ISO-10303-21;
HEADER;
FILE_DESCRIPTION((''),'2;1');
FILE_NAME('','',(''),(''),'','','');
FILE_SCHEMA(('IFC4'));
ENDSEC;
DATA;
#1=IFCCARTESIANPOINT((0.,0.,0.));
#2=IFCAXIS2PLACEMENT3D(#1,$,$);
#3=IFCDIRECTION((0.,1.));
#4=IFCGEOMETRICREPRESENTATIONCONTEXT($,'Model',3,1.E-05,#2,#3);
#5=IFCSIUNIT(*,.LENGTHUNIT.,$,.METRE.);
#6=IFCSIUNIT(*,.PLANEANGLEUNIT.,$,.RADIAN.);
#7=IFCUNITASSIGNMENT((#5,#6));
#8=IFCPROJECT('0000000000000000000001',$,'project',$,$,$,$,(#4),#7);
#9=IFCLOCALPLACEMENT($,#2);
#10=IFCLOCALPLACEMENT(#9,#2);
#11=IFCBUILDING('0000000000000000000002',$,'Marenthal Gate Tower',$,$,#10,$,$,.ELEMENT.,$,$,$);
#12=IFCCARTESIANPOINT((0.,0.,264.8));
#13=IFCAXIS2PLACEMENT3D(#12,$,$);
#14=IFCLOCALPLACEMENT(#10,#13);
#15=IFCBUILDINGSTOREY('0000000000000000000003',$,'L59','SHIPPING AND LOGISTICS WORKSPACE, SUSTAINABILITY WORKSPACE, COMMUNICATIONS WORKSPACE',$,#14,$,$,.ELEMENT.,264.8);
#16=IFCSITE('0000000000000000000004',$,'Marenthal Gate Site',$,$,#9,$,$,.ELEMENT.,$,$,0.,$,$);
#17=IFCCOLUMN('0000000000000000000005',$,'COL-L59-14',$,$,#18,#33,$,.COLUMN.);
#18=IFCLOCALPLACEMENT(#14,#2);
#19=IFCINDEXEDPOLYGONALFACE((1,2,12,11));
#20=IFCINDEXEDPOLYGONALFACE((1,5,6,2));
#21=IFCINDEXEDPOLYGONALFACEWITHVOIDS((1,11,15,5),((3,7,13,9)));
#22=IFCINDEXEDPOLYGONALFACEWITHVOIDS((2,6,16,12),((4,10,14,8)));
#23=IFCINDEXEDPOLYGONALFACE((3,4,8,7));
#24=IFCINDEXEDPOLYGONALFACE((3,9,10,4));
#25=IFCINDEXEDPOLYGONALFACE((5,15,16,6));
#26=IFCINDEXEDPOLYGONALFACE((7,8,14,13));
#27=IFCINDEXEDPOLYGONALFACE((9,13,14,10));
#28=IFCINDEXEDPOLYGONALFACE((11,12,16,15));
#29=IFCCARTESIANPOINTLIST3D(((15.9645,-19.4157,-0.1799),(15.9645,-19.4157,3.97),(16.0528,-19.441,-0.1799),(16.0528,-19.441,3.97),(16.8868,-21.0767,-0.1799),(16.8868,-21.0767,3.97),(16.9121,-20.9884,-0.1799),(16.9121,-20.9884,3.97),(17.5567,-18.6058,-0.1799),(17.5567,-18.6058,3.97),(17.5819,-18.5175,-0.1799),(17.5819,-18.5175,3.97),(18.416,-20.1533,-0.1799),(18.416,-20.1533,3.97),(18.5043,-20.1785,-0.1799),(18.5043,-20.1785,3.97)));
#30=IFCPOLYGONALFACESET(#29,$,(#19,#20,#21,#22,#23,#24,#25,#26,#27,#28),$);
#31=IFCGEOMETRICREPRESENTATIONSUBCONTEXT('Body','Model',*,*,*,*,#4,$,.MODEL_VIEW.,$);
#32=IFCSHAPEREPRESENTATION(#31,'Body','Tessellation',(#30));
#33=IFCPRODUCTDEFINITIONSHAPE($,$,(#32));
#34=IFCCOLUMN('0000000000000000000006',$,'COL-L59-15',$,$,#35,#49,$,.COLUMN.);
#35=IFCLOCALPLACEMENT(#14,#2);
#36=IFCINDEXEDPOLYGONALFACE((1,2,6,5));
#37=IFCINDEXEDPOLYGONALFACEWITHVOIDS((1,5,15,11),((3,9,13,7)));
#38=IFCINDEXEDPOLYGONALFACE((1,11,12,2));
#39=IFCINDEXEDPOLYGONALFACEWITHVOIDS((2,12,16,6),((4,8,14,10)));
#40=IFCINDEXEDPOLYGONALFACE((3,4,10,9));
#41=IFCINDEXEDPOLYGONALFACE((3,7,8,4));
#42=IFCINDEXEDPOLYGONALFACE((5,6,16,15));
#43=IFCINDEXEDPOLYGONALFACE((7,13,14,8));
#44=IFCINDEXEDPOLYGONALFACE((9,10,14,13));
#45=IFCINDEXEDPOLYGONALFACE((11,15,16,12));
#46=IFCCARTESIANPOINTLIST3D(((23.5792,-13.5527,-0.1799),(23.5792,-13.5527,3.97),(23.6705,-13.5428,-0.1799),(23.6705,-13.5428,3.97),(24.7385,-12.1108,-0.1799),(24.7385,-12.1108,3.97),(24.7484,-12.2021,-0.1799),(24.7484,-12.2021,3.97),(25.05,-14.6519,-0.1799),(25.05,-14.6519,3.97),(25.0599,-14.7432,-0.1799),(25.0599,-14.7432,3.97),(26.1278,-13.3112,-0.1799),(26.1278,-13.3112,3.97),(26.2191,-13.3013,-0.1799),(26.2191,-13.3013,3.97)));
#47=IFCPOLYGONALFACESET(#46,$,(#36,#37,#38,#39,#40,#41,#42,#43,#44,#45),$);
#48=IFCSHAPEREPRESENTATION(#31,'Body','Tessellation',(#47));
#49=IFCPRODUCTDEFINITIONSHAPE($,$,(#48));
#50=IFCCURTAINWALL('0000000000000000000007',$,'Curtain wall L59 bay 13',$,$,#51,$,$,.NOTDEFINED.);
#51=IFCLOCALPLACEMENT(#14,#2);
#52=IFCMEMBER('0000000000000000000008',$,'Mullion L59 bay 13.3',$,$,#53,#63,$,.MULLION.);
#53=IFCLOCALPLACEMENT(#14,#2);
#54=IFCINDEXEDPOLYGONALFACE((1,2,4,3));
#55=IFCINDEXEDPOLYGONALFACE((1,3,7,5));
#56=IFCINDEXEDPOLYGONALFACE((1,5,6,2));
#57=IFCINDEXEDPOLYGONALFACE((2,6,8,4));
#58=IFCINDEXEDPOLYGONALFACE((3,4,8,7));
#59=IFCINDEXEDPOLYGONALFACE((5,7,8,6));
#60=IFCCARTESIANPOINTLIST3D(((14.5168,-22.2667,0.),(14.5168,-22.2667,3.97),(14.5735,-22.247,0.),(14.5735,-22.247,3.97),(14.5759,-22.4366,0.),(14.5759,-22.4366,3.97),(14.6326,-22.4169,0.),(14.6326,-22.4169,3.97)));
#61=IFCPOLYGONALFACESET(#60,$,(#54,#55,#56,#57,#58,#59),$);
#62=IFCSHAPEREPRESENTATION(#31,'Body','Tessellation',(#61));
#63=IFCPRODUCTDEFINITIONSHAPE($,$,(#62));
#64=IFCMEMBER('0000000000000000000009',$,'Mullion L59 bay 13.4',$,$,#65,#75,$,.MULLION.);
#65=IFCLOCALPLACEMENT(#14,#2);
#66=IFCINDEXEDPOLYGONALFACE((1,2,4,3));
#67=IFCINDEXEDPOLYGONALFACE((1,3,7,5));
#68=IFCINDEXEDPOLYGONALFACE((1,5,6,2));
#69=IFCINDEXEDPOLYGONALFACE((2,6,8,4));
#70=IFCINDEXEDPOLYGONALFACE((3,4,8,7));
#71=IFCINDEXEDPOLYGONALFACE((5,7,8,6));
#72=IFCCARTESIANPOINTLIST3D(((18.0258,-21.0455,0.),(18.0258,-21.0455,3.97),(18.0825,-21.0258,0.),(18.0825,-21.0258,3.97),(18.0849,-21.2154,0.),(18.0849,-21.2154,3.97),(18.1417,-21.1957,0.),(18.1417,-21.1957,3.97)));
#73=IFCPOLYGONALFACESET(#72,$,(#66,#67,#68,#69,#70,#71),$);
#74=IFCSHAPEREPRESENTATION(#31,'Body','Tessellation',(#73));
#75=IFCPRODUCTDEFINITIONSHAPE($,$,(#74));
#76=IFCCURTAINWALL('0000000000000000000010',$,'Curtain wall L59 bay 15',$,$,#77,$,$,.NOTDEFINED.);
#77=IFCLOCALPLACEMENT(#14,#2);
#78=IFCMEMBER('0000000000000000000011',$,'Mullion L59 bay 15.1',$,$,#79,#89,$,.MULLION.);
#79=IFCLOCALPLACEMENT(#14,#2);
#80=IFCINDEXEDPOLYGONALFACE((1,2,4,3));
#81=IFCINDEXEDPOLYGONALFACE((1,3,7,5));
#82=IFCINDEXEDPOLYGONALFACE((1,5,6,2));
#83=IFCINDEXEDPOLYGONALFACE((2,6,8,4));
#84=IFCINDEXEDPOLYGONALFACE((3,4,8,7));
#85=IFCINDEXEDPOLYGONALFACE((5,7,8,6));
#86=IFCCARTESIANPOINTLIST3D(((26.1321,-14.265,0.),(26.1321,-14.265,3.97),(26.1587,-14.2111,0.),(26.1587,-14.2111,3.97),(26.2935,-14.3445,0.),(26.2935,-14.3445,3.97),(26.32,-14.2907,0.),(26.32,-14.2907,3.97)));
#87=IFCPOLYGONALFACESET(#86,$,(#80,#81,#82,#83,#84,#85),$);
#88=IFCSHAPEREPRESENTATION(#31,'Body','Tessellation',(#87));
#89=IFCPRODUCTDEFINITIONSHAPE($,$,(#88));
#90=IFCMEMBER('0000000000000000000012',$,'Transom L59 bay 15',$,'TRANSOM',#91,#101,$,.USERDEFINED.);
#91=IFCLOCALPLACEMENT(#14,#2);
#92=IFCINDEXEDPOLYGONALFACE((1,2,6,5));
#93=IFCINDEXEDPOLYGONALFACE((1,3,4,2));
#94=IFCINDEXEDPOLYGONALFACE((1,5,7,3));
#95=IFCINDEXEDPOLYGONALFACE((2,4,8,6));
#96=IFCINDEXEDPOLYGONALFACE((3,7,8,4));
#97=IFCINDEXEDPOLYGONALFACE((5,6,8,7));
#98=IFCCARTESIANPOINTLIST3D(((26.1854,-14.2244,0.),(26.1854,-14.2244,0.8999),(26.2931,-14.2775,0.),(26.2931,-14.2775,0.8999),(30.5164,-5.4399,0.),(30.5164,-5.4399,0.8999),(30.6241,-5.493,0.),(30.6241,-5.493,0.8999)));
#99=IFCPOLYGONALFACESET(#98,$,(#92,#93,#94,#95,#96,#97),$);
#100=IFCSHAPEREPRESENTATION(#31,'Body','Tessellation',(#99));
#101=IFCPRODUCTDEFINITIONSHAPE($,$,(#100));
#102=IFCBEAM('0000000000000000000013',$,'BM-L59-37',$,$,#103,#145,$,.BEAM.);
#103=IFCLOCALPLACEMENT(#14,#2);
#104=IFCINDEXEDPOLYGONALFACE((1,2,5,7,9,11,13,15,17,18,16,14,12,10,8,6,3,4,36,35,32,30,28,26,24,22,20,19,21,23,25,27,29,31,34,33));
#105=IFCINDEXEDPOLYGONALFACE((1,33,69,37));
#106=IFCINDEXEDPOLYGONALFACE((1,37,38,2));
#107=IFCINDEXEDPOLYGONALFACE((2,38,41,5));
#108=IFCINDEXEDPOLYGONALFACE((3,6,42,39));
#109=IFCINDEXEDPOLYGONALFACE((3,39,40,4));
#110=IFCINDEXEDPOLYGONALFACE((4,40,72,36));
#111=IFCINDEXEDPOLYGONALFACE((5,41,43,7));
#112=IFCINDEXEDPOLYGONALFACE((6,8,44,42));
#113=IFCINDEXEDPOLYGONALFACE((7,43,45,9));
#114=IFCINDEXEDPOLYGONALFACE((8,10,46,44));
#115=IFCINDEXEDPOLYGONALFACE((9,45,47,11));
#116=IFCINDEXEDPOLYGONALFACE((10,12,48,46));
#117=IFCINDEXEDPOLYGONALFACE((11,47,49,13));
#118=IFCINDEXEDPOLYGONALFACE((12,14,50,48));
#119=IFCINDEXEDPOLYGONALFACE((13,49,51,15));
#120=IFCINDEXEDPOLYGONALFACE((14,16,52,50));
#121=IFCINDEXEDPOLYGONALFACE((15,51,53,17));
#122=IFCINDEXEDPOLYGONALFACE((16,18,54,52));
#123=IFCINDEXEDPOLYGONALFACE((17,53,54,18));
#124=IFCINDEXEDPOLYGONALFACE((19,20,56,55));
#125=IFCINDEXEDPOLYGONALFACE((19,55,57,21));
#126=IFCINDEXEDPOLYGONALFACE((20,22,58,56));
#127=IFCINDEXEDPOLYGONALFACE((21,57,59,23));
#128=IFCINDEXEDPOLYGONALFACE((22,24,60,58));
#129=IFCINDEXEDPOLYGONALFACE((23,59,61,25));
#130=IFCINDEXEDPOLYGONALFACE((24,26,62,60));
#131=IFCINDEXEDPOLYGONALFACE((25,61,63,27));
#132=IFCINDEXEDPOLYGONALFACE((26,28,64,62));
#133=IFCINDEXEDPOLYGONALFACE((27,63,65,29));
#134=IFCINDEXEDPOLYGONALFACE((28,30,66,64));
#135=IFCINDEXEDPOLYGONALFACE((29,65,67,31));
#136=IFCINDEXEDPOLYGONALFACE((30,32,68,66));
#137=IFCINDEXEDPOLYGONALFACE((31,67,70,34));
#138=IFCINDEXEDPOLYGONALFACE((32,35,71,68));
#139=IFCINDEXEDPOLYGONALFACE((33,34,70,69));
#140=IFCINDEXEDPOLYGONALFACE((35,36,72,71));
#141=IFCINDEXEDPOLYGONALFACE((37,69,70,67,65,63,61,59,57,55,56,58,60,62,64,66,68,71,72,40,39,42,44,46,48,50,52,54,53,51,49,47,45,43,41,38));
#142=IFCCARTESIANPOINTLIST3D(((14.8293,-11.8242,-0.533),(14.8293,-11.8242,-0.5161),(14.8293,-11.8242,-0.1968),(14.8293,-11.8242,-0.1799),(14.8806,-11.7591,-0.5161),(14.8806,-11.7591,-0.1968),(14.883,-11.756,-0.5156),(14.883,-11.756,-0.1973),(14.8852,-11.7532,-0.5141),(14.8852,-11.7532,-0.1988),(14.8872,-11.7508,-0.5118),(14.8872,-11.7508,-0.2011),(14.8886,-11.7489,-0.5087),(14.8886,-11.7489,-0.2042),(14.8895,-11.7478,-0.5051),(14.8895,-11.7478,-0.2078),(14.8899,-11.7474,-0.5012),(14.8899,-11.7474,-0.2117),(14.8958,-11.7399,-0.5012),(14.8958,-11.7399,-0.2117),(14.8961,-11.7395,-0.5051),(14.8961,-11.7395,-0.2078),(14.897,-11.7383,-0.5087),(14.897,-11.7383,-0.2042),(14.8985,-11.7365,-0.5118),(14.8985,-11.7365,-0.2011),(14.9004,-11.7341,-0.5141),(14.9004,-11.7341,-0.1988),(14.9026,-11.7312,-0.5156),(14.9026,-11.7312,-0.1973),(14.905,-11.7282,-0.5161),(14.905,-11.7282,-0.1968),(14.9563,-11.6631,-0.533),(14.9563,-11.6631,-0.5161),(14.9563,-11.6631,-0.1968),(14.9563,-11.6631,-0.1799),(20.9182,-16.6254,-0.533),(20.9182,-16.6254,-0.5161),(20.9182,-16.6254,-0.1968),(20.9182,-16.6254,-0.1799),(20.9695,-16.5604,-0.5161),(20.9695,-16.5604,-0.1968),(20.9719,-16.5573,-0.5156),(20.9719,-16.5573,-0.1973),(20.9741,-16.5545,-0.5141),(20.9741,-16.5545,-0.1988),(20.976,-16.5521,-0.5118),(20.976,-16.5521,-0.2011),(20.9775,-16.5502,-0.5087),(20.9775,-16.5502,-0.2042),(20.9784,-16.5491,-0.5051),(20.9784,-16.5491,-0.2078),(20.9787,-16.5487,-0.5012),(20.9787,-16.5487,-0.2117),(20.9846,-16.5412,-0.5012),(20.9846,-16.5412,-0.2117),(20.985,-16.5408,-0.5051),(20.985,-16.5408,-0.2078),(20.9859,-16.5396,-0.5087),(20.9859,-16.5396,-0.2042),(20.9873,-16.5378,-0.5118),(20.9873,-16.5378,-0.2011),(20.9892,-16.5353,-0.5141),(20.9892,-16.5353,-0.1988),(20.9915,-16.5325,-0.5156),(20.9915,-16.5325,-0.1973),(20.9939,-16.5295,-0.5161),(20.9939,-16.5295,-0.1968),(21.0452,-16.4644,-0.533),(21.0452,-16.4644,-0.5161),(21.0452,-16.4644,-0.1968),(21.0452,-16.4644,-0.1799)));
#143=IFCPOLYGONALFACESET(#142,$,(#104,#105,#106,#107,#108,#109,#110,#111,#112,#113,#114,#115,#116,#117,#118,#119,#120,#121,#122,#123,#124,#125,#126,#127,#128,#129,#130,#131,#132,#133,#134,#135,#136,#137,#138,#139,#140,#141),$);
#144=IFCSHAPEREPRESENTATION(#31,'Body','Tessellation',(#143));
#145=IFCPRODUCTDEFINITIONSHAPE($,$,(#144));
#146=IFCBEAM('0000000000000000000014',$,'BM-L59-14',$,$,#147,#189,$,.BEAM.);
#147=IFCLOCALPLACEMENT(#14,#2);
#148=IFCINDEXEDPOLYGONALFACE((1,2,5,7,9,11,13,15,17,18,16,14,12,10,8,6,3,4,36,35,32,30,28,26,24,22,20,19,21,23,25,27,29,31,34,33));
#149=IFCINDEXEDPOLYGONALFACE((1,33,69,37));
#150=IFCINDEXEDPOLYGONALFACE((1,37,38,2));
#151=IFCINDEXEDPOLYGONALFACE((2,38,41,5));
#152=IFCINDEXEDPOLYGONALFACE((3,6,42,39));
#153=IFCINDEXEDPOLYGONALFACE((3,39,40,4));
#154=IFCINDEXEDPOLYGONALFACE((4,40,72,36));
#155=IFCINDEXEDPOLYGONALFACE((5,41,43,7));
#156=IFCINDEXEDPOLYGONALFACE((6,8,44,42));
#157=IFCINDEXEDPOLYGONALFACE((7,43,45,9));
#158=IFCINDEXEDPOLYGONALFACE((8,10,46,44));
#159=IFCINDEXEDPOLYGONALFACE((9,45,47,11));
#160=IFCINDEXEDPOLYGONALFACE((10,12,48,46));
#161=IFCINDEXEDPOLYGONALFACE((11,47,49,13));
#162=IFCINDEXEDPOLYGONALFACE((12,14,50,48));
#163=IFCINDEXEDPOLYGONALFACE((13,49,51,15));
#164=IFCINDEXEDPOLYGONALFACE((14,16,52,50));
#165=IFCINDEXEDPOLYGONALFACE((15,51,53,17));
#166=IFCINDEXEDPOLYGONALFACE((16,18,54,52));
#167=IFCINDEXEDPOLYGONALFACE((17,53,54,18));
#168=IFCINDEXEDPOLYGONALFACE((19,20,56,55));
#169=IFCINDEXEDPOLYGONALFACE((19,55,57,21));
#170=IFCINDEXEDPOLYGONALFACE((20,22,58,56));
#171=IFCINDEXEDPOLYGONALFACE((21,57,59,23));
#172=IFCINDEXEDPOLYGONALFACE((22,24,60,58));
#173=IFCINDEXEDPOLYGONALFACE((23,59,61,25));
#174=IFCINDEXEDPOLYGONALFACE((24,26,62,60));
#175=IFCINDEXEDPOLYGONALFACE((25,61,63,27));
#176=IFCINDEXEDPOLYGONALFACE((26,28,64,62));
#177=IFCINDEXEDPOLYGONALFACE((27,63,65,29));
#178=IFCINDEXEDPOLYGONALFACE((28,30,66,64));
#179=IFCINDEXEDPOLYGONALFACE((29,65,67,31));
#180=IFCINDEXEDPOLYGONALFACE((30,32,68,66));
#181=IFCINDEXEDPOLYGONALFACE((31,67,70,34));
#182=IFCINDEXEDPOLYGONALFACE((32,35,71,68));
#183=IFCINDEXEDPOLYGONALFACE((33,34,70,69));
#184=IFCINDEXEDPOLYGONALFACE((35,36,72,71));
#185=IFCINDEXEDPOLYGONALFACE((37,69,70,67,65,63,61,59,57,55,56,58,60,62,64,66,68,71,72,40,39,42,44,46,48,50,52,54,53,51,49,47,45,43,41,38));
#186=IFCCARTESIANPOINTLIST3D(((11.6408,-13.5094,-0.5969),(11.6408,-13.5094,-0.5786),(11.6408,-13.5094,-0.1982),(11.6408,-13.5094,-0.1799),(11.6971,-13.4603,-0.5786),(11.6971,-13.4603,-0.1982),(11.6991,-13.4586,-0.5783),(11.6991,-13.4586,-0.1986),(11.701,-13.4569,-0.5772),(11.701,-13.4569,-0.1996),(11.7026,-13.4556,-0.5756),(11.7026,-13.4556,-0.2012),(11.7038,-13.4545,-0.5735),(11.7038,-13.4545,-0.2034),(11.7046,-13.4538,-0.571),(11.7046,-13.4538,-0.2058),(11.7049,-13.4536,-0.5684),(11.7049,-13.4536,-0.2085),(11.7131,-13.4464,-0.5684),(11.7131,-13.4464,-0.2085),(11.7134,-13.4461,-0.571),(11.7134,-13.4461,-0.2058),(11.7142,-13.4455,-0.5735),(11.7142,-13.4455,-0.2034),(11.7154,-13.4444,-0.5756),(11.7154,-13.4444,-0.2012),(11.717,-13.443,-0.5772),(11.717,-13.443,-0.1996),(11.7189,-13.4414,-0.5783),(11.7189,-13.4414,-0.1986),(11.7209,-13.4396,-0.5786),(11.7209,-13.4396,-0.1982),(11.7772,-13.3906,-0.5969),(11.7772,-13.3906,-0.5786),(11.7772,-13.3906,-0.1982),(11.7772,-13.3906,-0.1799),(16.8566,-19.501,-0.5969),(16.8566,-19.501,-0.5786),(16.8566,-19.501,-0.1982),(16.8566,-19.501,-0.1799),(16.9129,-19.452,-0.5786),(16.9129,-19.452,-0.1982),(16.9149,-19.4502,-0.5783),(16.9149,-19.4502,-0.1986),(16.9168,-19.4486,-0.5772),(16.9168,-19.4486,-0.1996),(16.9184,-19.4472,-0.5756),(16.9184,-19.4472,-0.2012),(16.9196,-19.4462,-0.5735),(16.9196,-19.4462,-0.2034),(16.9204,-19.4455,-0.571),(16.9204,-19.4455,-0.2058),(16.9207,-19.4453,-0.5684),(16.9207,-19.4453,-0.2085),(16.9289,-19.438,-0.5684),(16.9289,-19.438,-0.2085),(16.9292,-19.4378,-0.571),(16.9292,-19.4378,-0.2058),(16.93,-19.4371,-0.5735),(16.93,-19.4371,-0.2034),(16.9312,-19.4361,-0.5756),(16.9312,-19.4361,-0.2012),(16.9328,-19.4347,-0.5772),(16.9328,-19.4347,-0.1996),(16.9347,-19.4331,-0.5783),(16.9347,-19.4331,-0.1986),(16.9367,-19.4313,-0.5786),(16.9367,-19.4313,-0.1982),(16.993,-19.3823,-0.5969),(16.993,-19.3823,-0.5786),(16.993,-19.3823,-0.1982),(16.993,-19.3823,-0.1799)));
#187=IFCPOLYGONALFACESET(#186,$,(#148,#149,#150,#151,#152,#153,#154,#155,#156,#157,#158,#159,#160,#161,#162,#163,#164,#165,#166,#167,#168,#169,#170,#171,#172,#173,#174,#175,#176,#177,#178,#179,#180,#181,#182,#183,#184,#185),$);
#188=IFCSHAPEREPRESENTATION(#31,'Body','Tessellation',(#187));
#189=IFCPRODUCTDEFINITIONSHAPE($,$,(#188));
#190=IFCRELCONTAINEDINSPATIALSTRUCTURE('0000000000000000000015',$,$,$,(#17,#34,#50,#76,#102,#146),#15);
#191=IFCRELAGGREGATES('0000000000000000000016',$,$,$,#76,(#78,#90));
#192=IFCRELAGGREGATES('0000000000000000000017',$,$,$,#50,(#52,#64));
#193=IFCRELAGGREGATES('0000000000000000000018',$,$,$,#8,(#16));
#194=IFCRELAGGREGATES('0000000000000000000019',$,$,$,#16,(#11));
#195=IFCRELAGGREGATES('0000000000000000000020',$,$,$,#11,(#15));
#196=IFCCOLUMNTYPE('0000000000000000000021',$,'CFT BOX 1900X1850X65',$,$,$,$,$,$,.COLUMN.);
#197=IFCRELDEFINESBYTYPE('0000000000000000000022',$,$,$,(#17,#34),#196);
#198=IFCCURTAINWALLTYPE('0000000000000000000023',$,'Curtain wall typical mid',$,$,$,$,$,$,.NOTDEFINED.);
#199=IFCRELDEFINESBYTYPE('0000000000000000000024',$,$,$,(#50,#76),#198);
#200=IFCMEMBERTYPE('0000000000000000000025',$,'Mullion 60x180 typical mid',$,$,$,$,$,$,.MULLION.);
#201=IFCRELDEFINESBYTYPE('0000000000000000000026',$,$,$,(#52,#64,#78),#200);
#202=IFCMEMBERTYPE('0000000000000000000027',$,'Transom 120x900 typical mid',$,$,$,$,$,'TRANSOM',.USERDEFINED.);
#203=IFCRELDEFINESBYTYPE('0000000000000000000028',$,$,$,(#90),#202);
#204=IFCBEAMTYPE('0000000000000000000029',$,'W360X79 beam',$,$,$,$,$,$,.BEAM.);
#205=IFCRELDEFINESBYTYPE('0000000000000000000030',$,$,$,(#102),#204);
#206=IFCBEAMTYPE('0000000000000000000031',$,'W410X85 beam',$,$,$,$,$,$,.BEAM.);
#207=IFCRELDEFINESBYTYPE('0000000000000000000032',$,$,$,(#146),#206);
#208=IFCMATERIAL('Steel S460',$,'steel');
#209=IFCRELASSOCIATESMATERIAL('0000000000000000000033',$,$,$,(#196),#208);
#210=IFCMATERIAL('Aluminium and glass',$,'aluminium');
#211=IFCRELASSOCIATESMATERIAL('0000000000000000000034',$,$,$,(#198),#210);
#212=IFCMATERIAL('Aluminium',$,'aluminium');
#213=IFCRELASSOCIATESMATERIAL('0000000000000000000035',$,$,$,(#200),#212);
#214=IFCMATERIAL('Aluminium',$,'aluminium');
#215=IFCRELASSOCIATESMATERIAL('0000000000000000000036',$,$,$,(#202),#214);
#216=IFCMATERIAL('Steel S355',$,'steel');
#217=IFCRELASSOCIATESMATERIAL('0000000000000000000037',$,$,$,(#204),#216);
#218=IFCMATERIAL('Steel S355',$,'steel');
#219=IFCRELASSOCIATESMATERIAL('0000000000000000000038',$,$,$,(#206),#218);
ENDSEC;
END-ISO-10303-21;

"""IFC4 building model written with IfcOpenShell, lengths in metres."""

from ifc_helpers import new_model, si_unit, direction, frame, origin, origin_2d, place, context, subcontext, project, spatial, rectangle, hollow_rectangle, i_section, extrude, material, material_profile, profile_set, type_object, element, aggregate, save


model = new_model("IFC4")

# Units and contexts
model_context = context("Model", 3, precision=1e-05, world=origin(), true_north=direction((0.0, 1.0)))
body_context = subcontext(model_context, "Body", "Model", "MODEL_VIEW")
ifc_project = project(units=[si_unit("LENGTHUNIT", "METRE"), si_unit("PLANEANGLEUNIT", "RADIAN")], contexts=[model_context])

# Site, building, storey
site_placement = place(None, origin())
site = spatial("IfcSite", under=ifc_project, at=site_placement, Name="Marenthal Gate Site", CompositionType="ELEMENT", RefElevation=0.0)
building_placement = place(site_placement, origin())
building = spatial("IfcBuilding", under=site, at=building_placement, Name="Marenthal Gate Tower", CompositionType="ELEMENT")
storey_placement = place(building_placement, frame((0.0, 0.0, 264.8)))
storey = spatial("IfcBuildingStorey", under=building, at=storey_placement, Name="L59", Description="SHIPPING AND LOGISTICS WORKSPACE, SUSTAINABILITY WORKSPACE, COMMUNICATIONS WORKSPACE", CompositionType="ELEMENT", Elevation=264.8)

# Columns
ifc_material_1 = material(Name="Steel S460", Category="steel")
ifc_material_profile_1 = material_profile(ifc_material_1, hollow_rectangle(XDim=1.8501, YDim=1.8999, WallThickness=0.0649, at=origin_2d()), Name="CFT BOX 1900X1850X65")
ifc_material_2 = material(Name="Concrete 70 MPa", Category="concrete")
ifc_material_profile_2 = material_profile(ifc_material_2, rectangle(XDim=1.72, YDim=1.77, at=origin_2d()), Name="CFT BOX 1900X1850X65 INFILL")
ifc_profile_set_1 = profile_set([ifc_material_profile_1, ifc_material_profile_2], Name="Steel S460 shell, Concrete 70 MPa infill")
column_type = type_object("IfcColumnType", Name="CFT BOX 1900X1850X65", PredefinedType="COLUMN", material=ifc_profile_set_1)
for number, where, z_axis, x_axis, name in (
    (1, (17.2344, -19.7971, -0.1799), (0.0, 0.0, 1.0), (-0.874251, -0.485475, 0.0), "COL-L59-14"),
    (2, (24.8992, -13.427, -0.1799), (0.0, 0.0, 1.0), (-0.626593, -0.779347, 0.0), "COL-L59-15"),
):
    element("IfcColumn", number, at=place(storey_placement, frame(where, z_axis=z_axis, x_axis=x_axis)), inside=storey, type_object=column_type, Name=name, PredefinedType="COLUMN", context=body_context, shape_type="SweptSolid", body=[
        extrude(hollow_rectangle(XDim=1.8501, YDim=1.8999, WallThickness=0.0649, at=origin_2d()), origin(), (0.0, 0.0, 1.0), 4.1499),
    ])

# Curtain walls, members
ifc_material_3 = material(Name="Aluminium and glass", Category="aluminium")
curtain_wall_type = type_object("IfcCurtainWallType", Name="Curtain wall typical mid", PredefinedType="NOTDEFINED", material=ifc_material_3)
curtain_wall_1_placement = place(storey_placement, origin())
curtain_wall_1 = element("IfcCurtainWall", 3, at=curtain_wall_1_placement, inside=storey, type_object=curtain_wall_type, Name="Curtain wall L59 bay 13", PredefinedType="NOTDEFINED")
ifc_material_4 = material(Name="Aluminium", Category="aluminium")
ifc_material_profile_3 = material_profile(ifc_material_4, rectangle(XDim=0.1799, YDim=0.0601, at=origin_2d()), Name="60x180 aluminium mullion")
ifc_profile_set_2 = profile_set([ifc_material_profile_3], Name="Aluminium")
member_type_1 = type_object("IfcMemberType", Name="Mullion 60x180 typical mid", PredefinedType="MULLION", material=ifc_profile_set_2)
member_1_placement = place(storey_placement, frame((14.5747, -22.3418, 0.0), z_axis=(0.0, 0.0, 1.0), x_axis=(-0.32867, 0.944445, 0.0)))
member_1 = element("IfcMember", 4, at=member_1_placement, type_object=member_type_1, Name="Mullion L59 bay 13.3", PredefinedType="MULLION", context=body_context, shape_type="SweptSolid", body=[
    extrude(rectangle(XDim=0.1799, YDim=0.0601, at=origin_2d()), origin(), (0.0, 0.0, 1.0), 3.97),
])
member_2_placement = place(storey_placement, frame((18.0837, -21.1206, 0.0), z_axis=(0.0, 0.0, 1.0), x_axis=(-0.32867, 0.944445, 0.0)))
member_2 = element("IfcMember", 5, at=member_2_placement, type_object=member_type_1, Name="Mullion L59 bay 13.4", PredefinedType="MULLION", context=body_context, shape_type="SweptSolid", body=[
    extrude(rectangle(XDim=0.1799, YDim=0.0601, at=origin_2d()), origin(), (0.0, 0.0, 1.0), 3.97),
])
curtain_wall_2_placement = place(storey_placement, origin())
curtain_wall_2 = element("IfcCurtainWall", 6, at=curtain_wall_2_placement, inside=storey, type_object=curtain_wall_type, Name="Curtain wall L59 bay 15", PredefinedType="NOTDEFINED")
member_3_placement = place(storey_placement, frame((26.2261, -14.2778, 0.0), z_axis=(0.0, 0.0, 1.0), x_axis=(-0.896921, 0.442192, 0.0)))
member_3 = element("IfcMember", 7, at=member_3_placement, type_object=member_type_1, Name="Mullion L59 bay 15.1", PredefinedType="MULLION", context=body_context, shape_type="SweptSolid", body=[
    extrude(rectangle(XDim=0.1799, YDim=0.0601, at=origin_2d()), origin(), (0.0, 0.0, 1.0), 3.97),
])
ifc_material_5 = material(Name="Aluminium", Category="aluminium")
ifc_material_profile_4 = material_profile(ifc_material_5, rectangle(XDim=0.1201, YDim=0.8999, at=origin_2d()), Name="120x900 aluminium transom")
ifc_profile_set_3 = profile_set([ifc_material_profile_4], Name="Aluminium")
member_type_2 = type_object("IfcMemberType", Name="Transom 120x900 typical mid", ElementType="TRANSOM", PredefinedType="USERDEFINED", material=ifc_profile_set_3)
member_4_placement = place(storey_placement, frame((26.2393, -14.251, 0.45), z_axis=(0.442201, 0.896916, 0.0), x_axis=(-0.896916, 0.442201, 0.0)))
member_4 = element("IfcMember", 8, at=member_4_placement, type_object=member_type_2, Name="Transom L59 bay 15", ObjectType="TRANSOM", PredefinedType="USERDEFINED", context=body_context, shape_type="SweptSolid", body=[
    extrude(rectangle(XDim=0.1201, YDim=0.8999, at=origin_2d()), origin(), (0.0, 0.0, 1.0), 9.7942),
])
aggregate(curtain_wall_2, [member_3, member_4])

# Beams
ifc_material_6 = material(Name="Steel S355", Category="steel")
ifc_material_profile_5 = material_profile(ifc_material_6, i_section(OverallWidth=0.2051, OverallDepth=0.353, WebThickness=0.0095, FlangeThickness=0.0168, FilletRadius=0.0149, at=origin_2d()), Name="W360X79")
ifc_profile_set_4 = profile_set([ifc_material_profile_5], Name="Steel S355")
beam_type_1 = type_object("IfcBeamType", Name="W360X79 beam", PredefinedType="BEAM", material=ifc_profile_set_4)
beam_1_placement = place(storey_placement, frame((20.9817, -16.5449, -0.3564), z_axis=(-0.785242, 0.619189, 0.0), x_axis=(-0.619189, -0.785242, 0.0)))
element("IfcBeam", 9, at=beam_1_placement, inside=storey, type_object=beam_type_1, Name="BM-L59-37", PredefinedType="BEAM", context=body_context, shape_type="SweptSolid", body=[
    extrude(i_section(OverallWidth=0.2051, OverallDepth=0.353, WebThickness=0.0095, FlangeThickness=0.0168, FilletRadius=0.0149, at=origin_2d()), origin(), (0.0, 0.0, 1.0), 7.7542),
])
ifc_material_7 = material(Name="Steel S355", Category="steel")
ifc_material_profile_6 = material_profile(ifc_material_7, i_section(OverallWidth=0.1809, OverallDepth=0.417, WebThickness=0.011, FlangeThickness=0.0183, FilletRadius=0.0103, at=origin_2d()), Name="W410X85")
ifc_profile_set_5 = profile_set([ifc_material_profile_6], Name="Steel S355")
beam_type_2 = type_object("IfcBeamType", Name="W410X85 beam", PredefinedType="BEAM", material=ifc_profile_set_5)
beam_2_placement = place(storey_placement, frame((16.9248, -19.4417, -0.3884), z_axis=(-0.656583, 0.754253, 0.0), x_axis=(-0.754253, -0.656583, 0.0)))
element("IfcBeam", 10, at=beam_2_placement, inside=storey, type_object=beam_type_2, Name="BM-L59-14", PredefinedType="BEAM", context=body_context, shape_type="SweptSolid", body=[
    extrude(i_section(OverallWidth=0.1809, OverallDepth=0.417, WebThickness=0.011, FlangeThickness=0.0183, FilletRadius=0.0103, at=origin_2d()), origin(), (0.0, 0.0, 1.0), 7.9438),
])

aggregate(curtain_wall_1, [member_1, member_2])

save(model, "model.ifc")
